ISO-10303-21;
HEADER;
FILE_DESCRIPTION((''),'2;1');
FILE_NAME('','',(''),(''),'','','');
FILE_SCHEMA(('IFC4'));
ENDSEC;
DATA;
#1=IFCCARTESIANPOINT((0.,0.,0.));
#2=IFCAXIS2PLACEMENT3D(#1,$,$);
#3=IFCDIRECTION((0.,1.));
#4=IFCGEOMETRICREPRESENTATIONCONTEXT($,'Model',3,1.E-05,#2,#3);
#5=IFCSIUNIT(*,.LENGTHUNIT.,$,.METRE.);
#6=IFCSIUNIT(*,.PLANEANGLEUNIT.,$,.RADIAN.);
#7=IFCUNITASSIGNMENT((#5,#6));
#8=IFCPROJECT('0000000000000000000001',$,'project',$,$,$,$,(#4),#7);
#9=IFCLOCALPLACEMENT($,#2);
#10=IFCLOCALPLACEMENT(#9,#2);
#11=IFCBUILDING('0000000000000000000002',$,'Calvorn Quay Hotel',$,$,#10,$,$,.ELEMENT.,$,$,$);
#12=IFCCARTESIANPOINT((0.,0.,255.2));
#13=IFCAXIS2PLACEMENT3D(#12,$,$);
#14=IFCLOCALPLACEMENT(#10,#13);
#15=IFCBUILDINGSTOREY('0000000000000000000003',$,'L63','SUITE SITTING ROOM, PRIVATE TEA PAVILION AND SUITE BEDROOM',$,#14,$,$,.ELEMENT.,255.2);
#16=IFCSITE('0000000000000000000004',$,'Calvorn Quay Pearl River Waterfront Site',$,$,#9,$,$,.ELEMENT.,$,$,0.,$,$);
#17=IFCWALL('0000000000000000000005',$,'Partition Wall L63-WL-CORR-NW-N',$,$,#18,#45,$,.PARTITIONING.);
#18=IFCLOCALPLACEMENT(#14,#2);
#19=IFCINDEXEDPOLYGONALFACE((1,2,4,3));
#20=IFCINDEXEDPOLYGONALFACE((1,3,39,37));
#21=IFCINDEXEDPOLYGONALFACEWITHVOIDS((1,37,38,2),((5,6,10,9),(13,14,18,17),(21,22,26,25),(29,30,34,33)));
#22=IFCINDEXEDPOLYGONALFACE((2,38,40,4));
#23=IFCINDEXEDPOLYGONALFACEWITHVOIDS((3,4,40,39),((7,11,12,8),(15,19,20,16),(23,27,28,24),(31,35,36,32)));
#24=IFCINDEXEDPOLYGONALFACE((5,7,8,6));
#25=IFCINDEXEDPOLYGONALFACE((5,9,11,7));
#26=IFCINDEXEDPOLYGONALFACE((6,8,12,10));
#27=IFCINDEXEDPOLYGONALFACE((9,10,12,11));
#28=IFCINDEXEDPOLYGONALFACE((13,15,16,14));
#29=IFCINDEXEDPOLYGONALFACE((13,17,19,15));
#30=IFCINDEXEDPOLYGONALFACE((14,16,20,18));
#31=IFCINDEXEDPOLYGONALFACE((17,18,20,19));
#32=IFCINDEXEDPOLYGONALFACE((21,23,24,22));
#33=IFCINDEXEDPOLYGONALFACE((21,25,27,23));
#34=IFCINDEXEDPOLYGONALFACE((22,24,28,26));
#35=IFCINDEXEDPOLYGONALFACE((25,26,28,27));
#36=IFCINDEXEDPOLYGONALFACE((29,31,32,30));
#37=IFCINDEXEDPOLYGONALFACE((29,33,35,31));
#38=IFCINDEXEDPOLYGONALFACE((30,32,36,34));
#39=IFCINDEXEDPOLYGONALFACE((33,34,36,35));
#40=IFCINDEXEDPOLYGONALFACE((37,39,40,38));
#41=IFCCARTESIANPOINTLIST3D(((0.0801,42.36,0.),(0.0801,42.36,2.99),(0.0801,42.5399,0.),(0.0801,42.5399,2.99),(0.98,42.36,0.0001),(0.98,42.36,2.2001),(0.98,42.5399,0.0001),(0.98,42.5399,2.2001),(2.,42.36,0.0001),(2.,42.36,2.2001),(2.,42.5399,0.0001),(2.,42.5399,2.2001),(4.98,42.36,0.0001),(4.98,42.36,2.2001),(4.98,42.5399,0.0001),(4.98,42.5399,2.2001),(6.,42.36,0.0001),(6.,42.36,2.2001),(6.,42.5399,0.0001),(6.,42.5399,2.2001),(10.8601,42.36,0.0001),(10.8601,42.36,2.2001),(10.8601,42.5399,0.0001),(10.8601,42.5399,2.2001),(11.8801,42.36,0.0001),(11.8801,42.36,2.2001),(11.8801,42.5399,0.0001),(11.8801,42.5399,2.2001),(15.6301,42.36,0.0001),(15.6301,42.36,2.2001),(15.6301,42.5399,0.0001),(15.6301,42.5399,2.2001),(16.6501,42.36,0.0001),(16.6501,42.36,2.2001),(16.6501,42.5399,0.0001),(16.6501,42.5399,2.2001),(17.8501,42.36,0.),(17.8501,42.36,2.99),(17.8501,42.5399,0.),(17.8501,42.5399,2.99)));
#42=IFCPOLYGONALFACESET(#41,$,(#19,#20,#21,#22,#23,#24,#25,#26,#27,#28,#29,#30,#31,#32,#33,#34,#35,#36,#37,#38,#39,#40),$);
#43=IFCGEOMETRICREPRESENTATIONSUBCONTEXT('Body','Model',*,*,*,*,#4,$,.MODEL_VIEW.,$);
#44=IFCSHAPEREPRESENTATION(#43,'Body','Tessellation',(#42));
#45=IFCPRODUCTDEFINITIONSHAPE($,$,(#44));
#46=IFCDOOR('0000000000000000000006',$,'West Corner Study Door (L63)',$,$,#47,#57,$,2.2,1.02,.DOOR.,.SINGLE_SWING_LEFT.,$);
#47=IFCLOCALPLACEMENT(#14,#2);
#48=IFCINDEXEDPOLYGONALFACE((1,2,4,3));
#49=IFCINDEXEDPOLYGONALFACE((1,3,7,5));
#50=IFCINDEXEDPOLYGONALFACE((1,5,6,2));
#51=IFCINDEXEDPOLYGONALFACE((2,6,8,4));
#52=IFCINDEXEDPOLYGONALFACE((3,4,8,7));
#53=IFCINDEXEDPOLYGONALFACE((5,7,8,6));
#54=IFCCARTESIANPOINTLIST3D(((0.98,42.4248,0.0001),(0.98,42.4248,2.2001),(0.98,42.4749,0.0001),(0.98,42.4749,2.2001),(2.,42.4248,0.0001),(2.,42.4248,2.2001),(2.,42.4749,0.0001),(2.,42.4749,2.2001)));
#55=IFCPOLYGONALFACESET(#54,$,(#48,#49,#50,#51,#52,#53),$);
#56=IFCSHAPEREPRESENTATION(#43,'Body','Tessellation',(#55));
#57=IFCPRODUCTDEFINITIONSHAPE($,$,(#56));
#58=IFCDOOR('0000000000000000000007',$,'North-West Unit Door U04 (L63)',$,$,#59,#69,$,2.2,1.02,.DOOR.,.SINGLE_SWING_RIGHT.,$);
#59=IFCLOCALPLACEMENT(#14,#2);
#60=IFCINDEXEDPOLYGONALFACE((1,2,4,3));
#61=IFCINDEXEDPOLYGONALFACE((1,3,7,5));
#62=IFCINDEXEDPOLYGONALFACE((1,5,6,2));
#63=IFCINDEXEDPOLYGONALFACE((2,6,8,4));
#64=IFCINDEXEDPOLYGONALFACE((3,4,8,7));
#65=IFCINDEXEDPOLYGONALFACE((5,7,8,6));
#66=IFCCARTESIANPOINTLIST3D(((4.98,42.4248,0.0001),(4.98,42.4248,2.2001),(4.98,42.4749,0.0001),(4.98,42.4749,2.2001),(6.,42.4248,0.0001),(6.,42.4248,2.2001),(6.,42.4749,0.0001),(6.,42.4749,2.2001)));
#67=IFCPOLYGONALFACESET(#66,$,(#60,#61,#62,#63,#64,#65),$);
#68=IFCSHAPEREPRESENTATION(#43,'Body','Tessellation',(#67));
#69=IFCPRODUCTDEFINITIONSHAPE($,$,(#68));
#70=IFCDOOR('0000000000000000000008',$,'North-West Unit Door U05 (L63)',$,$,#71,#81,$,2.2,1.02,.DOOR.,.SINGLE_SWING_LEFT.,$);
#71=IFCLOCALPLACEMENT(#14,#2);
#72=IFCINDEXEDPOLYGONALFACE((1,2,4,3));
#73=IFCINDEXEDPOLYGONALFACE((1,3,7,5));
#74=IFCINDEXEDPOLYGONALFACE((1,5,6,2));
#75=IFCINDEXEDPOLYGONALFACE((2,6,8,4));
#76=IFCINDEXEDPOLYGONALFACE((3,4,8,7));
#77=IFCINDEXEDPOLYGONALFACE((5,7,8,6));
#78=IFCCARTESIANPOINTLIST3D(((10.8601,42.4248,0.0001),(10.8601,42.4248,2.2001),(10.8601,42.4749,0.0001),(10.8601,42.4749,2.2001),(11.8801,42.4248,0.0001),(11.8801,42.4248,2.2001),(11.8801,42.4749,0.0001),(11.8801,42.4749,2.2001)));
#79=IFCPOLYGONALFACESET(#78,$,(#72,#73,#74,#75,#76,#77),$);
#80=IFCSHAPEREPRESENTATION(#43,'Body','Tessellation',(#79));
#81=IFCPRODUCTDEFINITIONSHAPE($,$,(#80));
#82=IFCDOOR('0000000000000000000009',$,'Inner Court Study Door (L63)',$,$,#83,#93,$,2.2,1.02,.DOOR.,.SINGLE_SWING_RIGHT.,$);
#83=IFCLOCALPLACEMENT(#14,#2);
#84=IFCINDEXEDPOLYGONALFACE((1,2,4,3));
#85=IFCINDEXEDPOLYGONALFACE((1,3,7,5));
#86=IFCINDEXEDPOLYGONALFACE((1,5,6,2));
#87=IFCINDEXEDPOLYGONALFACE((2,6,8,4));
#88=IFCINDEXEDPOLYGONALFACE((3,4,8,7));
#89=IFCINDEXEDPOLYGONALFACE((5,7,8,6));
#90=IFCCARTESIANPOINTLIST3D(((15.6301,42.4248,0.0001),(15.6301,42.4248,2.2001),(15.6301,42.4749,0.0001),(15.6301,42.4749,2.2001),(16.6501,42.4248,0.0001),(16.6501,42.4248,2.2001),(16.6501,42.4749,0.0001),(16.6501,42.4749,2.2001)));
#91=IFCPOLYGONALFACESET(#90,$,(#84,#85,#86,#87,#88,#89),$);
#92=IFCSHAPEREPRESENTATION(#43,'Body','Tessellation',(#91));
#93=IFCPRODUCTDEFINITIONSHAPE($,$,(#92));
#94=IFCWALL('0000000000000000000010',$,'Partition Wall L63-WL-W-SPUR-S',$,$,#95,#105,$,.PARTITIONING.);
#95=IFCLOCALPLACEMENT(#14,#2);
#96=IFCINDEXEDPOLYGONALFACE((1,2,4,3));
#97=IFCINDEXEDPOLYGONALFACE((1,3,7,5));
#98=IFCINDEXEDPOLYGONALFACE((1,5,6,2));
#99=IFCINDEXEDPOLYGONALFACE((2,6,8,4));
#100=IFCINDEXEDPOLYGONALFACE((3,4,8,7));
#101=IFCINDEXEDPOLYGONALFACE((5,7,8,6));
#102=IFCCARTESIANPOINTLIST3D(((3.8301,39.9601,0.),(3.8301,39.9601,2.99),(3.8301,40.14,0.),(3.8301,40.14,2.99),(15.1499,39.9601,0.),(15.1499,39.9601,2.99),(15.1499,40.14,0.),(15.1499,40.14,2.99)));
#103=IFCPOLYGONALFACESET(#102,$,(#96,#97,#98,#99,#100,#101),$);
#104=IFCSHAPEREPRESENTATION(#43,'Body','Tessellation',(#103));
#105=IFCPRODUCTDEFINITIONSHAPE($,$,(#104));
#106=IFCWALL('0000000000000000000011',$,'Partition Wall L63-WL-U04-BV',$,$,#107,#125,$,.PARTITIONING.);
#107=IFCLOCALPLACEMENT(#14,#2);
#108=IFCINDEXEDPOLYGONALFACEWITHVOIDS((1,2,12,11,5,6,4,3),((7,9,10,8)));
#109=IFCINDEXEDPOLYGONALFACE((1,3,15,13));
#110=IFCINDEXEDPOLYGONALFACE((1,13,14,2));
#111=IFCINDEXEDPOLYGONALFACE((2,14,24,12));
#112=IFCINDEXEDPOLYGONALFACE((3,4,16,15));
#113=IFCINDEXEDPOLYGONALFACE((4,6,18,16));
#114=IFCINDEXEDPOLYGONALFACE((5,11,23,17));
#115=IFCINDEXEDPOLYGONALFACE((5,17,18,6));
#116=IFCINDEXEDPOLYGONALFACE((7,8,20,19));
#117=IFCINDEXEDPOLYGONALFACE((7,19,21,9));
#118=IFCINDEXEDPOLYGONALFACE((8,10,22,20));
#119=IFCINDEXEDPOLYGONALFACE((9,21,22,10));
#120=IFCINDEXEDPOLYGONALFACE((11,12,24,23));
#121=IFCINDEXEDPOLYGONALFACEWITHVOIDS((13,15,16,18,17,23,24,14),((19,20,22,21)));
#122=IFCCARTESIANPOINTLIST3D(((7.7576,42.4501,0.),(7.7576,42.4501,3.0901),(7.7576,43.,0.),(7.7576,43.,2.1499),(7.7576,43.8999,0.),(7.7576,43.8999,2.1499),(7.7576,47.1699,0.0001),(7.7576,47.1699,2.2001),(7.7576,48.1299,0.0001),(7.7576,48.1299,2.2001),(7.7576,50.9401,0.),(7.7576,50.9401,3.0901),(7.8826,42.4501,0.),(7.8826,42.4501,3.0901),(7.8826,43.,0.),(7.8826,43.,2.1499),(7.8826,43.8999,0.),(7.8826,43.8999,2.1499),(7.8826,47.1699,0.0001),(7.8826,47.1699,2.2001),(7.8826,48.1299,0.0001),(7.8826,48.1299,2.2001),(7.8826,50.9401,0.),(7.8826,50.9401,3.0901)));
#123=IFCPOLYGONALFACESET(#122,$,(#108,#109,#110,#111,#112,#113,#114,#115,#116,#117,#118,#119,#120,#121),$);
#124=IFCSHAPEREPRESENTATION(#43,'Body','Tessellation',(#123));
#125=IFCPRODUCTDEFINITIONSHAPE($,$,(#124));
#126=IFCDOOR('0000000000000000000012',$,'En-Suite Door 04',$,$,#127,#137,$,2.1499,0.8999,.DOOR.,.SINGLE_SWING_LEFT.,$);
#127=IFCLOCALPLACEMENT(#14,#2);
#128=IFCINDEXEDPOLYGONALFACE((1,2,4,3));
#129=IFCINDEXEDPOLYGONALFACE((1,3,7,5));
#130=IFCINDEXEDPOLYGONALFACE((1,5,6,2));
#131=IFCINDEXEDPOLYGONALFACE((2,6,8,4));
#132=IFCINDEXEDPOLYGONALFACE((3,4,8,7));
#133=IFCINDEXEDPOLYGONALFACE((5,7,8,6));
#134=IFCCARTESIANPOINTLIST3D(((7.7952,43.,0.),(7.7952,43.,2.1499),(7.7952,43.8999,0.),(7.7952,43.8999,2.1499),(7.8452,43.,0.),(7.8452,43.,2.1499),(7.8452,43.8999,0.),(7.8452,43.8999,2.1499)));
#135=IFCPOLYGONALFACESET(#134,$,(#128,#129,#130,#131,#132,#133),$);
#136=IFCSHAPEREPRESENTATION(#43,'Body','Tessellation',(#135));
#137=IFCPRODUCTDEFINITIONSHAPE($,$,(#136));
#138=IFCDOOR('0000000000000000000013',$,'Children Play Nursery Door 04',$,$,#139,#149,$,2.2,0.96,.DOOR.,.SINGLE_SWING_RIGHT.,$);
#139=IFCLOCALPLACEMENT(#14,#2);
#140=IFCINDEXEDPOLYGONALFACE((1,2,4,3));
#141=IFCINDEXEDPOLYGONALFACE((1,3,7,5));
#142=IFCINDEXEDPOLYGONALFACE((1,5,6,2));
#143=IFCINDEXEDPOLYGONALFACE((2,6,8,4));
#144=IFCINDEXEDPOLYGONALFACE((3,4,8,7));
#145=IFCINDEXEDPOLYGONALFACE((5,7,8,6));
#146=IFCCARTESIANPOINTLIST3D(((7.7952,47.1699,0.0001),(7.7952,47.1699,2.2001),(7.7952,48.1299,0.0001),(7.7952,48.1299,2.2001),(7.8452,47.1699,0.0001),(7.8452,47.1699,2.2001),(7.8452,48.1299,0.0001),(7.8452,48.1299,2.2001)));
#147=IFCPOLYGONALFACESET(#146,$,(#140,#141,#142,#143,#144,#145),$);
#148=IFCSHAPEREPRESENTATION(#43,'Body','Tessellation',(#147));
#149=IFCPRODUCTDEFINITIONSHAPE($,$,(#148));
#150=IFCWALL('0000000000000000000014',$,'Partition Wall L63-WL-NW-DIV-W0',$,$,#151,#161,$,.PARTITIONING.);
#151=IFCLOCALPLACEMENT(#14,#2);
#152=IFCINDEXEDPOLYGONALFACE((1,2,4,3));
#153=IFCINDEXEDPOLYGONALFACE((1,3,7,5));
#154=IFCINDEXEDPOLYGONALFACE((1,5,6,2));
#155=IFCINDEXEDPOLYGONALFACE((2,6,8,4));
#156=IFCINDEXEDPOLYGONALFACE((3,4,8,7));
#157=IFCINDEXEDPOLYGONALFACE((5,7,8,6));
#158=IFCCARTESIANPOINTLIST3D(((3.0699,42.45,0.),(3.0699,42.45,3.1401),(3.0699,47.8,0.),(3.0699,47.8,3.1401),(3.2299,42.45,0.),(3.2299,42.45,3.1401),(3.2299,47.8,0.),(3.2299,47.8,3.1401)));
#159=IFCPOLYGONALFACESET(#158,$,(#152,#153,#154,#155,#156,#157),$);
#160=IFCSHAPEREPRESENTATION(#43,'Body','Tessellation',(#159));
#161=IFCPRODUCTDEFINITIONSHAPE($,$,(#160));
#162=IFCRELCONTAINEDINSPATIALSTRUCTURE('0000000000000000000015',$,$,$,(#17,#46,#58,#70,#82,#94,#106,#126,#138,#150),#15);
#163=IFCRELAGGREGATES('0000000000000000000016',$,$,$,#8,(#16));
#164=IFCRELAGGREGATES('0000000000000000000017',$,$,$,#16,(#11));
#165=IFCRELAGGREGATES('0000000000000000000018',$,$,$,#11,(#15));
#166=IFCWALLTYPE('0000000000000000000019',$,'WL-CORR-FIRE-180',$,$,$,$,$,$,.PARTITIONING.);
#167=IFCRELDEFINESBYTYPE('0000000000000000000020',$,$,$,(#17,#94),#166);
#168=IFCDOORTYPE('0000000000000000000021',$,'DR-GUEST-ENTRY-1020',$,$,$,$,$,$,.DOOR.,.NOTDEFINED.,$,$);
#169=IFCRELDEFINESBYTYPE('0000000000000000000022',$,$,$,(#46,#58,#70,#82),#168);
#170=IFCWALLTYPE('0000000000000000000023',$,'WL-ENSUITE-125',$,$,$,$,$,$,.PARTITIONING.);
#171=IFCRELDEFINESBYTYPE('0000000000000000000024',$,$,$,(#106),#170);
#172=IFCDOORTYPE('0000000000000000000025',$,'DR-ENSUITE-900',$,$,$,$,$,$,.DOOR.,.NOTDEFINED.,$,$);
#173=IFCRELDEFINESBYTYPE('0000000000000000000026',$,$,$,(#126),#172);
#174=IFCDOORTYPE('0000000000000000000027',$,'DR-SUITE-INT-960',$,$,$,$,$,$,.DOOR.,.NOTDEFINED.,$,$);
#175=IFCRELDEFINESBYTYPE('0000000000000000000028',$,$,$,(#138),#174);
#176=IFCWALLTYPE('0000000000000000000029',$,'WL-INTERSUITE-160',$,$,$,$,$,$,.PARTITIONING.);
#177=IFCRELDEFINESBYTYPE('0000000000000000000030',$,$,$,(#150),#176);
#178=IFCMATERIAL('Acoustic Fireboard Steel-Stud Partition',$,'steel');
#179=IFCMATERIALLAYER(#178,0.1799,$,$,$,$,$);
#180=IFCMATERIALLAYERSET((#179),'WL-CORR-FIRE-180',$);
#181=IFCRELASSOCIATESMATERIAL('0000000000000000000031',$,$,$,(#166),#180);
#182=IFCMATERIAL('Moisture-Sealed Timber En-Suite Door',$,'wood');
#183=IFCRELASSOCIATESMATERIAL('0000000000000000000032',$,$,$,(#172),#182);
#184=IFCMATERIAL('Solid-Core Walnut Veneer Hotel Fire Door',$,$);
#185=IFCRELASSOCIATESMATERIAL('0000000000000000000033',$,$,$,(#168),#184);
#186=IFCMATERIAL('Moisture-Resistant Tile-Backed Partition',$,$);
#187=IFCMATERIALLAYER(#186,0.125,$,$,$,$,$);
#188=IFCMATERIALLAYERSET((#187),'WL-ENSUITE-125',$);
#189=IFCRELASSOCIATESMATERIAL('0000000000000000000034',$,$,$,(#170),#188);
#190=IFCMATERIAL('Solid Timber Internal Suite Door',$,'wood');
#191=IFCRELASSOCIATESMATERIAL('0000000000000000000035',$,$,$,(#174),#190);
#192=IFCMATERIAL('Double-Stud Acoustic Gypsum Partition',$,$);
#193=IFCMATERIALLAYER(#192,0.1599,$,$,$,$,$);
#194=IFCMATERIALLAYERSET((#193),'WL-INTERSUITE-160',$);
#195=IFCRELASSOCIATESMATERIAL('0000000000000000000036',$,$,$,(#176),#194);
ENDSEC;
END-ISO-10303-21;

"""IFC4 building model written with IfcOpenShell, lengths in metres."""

from ifc_helpers import new_model, si_unit, direction, frame, frame_2d, origin, place, context, subcontext, project, spatial, rectangle, extrude, material, layer, layer_set, type_object, element, fill, save


model = new_model("IFC4")

# Units and contexts
model_context = context("Model", 3, precision=1e-05, world=origin(), true_north=direction((0.0, 1.0)))
body_context = subcontext(model_context, "Body", "Model", "MODEL_VIEW")
ifc_project = project(units=[si_unit("LENGTHUNIT", "METRE"), si_unit("PLANEANGLEUNIT", "RADIAN")], contexts=[model_context])

# Site, building, storey
site_placement = place(None, origin())
site = spatial("IfcSite", under=ifc_project, at=site_placement, Name="Calvorn Quay Pearl River Waterfront Site", CompositionType="ELEMENT", RefElevation=0.0)
building_placement = place(site_placement, origin())
building = spatial("IfcBuilding", under=site, at=building_placement, Name="Calvorn Quay Hotel", CompositionType="ELEMENT")
storey_placement = place(building_placement, frame((0.0, 0.0, 255.2)))
storey = spatial("IfcBuildingStorey", under=building, at=storey_placement, Name="L63", Description="SUITE SITTING ROOM, PRIVATE TEA PAVILION AND SUITE BEDROOM", CompositionType="ELEMENT", Elevation=255.2)

# Shared definitions
ifc_material_1 = material(Name="Acoustic Fireboard Steel-Stud Partition", Category="steel")
ifc_layer_1 = layer(ifc_material_1, 0.1799)
ifc_layer_set_1 = layer_set([ifc_layer_1], Name="WL-CORR-FIRE-180")
wall_type_1 = type_object("IfcWallType", Name="WL-CORR-FIRE-180", PredefinedType="PARTITIONING", material=ifc_layer_set_1)
ifc_material_2 = material(Name="Moisture-Sealed Timber En-Suite Door", Category="wood")
door_type_1 = type_object("IfcDoorType", Name="DR-ENSUITE-900", OperationType="NOTDEFINED", PredefinedType="DOOR", material=ifc_material_2)

# Wall, openings, doors
wall_1_placement = place(storey_placement, frame((0.0801, 42.45, 0.0), z_axis=(0.0, 0.0, 1.0), x_axis=(1.0, 0.0, 0.0)))
wall_1 = element("IfcWall", 1, at=wall_1_placement, inside=storey, type_object=wall_type_1, Name="Partition Wall L63-WL-CORR-NW-N", PredefinedType="PARTITIONING", context=body_context, shape_type="SweptSolid", body=[
    extrude(rectangle(XDim=17.77, YDim=0.1799, at=frame_2d((8.885, 0.0))), origin(), (0.0, 0.0, 1.0), 2.99),
])
opening_1_placement = place(wall_1_placement, frame((0.8999, 0.0, 0.0)))
opening_1 = element("IfcOpeningElement", 2, at=opening_1_placement, cuts=wall_1, PredefinedType="OPENING", context=body_context, shape_type="SweptSolid", body=[
    extrude(rectangle(XDim=1.02, YDim=2.2, at=frame_2d((0.51, 1.1001))), frame((0.0, 0.0999, 0.0), z_axis=(0.0, -1.0, 0.0), x_axis=(1.0, 0.0, 0.0)), (0.0, 0.0, 1.0), 0.2),
])
opening_2_placement = place(wall_1_placement, frame((4.8999, 0.0, 0.0)))
opening_2 = element("IfcOpeningElement", 3, at=opening_2_placement, cuts=wall_1, PredefinedType="OPENING", context=body_context, shape_type="SweptSolid", body=[
    extrude(rectangle(XDim=1.02, YDim=2.2, at=frame_2d((0.51, 1.1001))), frame((0.0, 0.0999, 0.0), z_axis=(0.0, -1.0, 0.0), x_axis=(1.0, 0.0, 0.0)), (0.0, 0.0, 1.0), 0.2),
])
opening_3_placement = place(wall_1_placement, frame((10.78, 0.0, 0.0)))
opening_3 = element("IfcOpeningElement", 4, at=opening_3_placement, cuts=wall_1, PredefinedType="OPENING", context=body_context, shape_type="SweptSolid", body=[
    extrude(rectangle(XDim=1.02, YDim=2.2, at=frame_2d((0.51, 1.1001))), frame((0.0, 0.0999, 0.0), z_axis=(0.0, -1.0, 0.0), x_axis=(1.0, 0.0, 0.0)), (0.0, 0.0, 1.0), 0.2),
])
opening_4_placement = place(wall_1_placement, frame((15.55, 0.0, 0.0)))
opening_4 = element("IfcOpeningElement", 5, at=opening_4_placement, cuts=wall_1, PredefinedType="OPENING", context=body_context, shape_type="SweptSolid", body=[
    extrude(rectangle(XDim=1.02, YDim=2.2, at=frame_2d((0.51, 1.1001))), frame((0.0, 0.0999, 0.0), z_axis=(0.0, -1.0, 0.0), x_axis=(1.0, 0.0, 0.0)), (0.0, 0.0, 1.0), 0.2),
])
ifc_material_3 = material(Name="Solid-Core Walnut Veneer Hotel Fire Door")
door_type_2 = type_object("IfcDoorType", Name="DR-GUEST-ENTRY-1020", OperationType="NOTDEFINED", PredefinedType="DOOR", material=ifc_material_3)
door_1_placement = place(opening_1_placement, origin())
door_1 = element("IfcDoor", 6, at=door_1_placement, inside=storey, type_object=door_type_2, Name="West Corner Study Door (L63)", OperationType="SINGLE_SWING_LEFT", OverallHeight=2.2, OverallWidth=1.02, PredefinedType="DOOR", context=body_context, shape_type="SweptSolid", body=[
    extrude(rectangle(XDim=1.02, YDim=2.2, at=frame_2d((0.51, 1.1001))), frame((0.0, 0.0249, 0.0), z_axis=(0.0, -1.0, 0.0), x_axis=(1.0, 0.0, 0.0)), (0.0, 0.0, 1.0), 0.05),
])
fill(opening_1, door_1)
door_2_placement = place(opening_2_placement, origin())
door_2 = element("IfcDoor", 7, at=door_2_placement, inside=storey, type_object=door_type_2, Name="North-West Unit Door U04 (L63)", OperationType="SINGLE_SWING_RIGHT", OverallHeight=2.2, OverallWidth=1.02, PredefinedType="DOOR", context=body_context, shape_type="SweptSolid", body=[
    extrude(rectangle(XDim=1.02, YDim=2.2, at=frame_2d((0.51, 1.1001))), frame((0.0, 0.0249, 0.0), z_axis=(0.0, -1.0, 0.0), x_axis=(1.0, 0.0, 0.0)), (0.0, 0.0, 1.0), 0.05),
])
fill(opening_2, door_2)
door_3_placement = place(opening_3_placement, origin())
door_3 = element("IfcDoor", 8, at=door_3_placement, inside=storey, type_object=door_type_2, Name="North-West Unit Door U05 (L63)", OperationType="SINGLE_SWING_LEFT", OverallHeight=2.2, OverallWidth=1.02, PredefinedType="DOOR", context=body_context, shape_type="SweptSolid", body=[
    extrude(rectangle(XDim=1.02, YDim=2.2, at=frame_2d((0.51, 1.1001))), frame((0.0, 0.0249, 0.0), z_axis=(0.0, -1.0, 0.0), x_axis=(1.0, 0.0, 0.0)), (0.0, 0.0, 1.0), 0.05),
])
fill(opening_3, door_3)
door_4_placement = place(opening_4_placement, origin())
door_4 = element("IfcDoor", 9, at=door_4_placement, inside=storey, type_object=door_type_2, Name="Inner Court Study Door (L63)", OperationType="SINGLE_SWING_RIGHT", OverallHeight=2.2, OverallWidth=1.02, PredefinedType="DOOR", context=body_context, shape_type="SweptSolid", body=[
    extrude(rectangle(XDim=1.02, YDim=2.2, at=frame_2d((0.51, 1.1001))), frame((0.0, 0.0249, 0.0), z_axis=(0.0, -1.0, 0.0), x_axis=(1.0, 0.0, 0.0)), (0.0, 0.0, 1.0), 0.05),
])
fill(opening_4, door_4)

# Wall
wall_2_placement = place(storey_placement, frame((3.8301, 40.05, 0.0), z_axis=(0.0, 0.0, 1.0), x_axis=(1.0, 0.0, 0.0)))
element("IfcWall", 10, at=wall_2_placement, inside=storey, type_object=wall_type_1, Name="Partition Wall L63-WL-W-SPUR-S", PredefinedType="PARTITIONING", context=body_context, shape_type="SweptSolid", body=[
    extrude(rectangle(XDim=11.3198, YDim=0.1799, at=frame_2d((5.6599, 0.0))), origin(), (0.0, 0.0, 1.0), 2.99),
])

# Wall, openings, doors
ifc_material_4 = material(Name="Moisture-Resistant Tile-Backed Partition")
ifc_layer_2 = layer(ifc_material_4, 0.125)
ifc_layer_set_2 = layer_set([ifc_layer_2], Name="WL-ENSUITE-125")
wall_type_2 = type_object("IfcWallType", Name="WL-ENSUITE-125", PredefinedType="PARTITIONING", material=ifc_layer_set_2)
wall_3_placement = place(storey_placement, frame((7.8201, 42.45, 0.0), z_axis=(0.0, 0.0, 1.0), x_axis=(0.0, 1.0, 0.0)))
wall_3 = element("IfcWall", 11, at=wall_3_placement, inside=storey, type_object=wall_type_2, Name="Partition Wall L63-WL-U04-BV", PredefinedType="PARTITIONING", context=body_context, shape_type="SweptSolid", body=[
    extrude(rectangle(XDim=8.49, YDim=0.125, at=frame_2d((4.2451, 0.0))), origin(), (0.0, 0.0, 1.0), 3.0901),
])
opening_5_placement = place(wall_3_placement, frame((0.55, 0.0, 0.0)))
opening_5 = element("IfcOpeningElement", 12, at=opening_5_placement, cuts=wall_3, PredefinedType="OPENING", context=body_context, shape_type="SweptSolid", body=[
    extrude(rectangle(XDim=0.8999, YDim=2.1499, at=frame_2d((0.45, 1.075))), frame((0.0, 0.0725, 0.0), z_axis=(0.0, -1.0, 0.0), x_axis=(1.0, 0.0, 0.0)), (0.0, 0.0, 1.0), 0.145),
])
opening_6_placement = place(wall_3_placement, frame((4.72, 0.0, 0.0)))
opening_6 = element("IfcOpeningElement", 13, at=opening_6_placement, cuts=wall_3, PredefinedType="OPENING", context=body_context, shape_type="SweptSolid", body=[
    extrude(rectangle(XDim=0.96, YDim=2.2, at=frame_2d((0.48, 1.1001))), frame((0.0, 0.0725, 0.0), z_axis=(0.0, -1.0, 0.0), x_axis=(1.0, 0.0, 0.0)), (0.0, 0.0, 1.0), 0.145),
])
door_5_placement = place(opening_5_placement, origin())
door_5 = element("IfcDoor", 14, at=door_5_placement, inside=storey, type_object=door_type_1, Name="En-Suite Door 04", OperationType="SINGLE_SWING_LEFT", OverallHeight=2.1499, OverallWidth=0.8999, PredefinedType="DOOR", context=body_context, shape_type="SweptSolid", body=[
    extrude(rectangle(XDim=0.8999, YDim=2.1499, at=frame_2d((0.45, 1.075))), frame((0.0, 0.0249, 0.0), z_axis=(0.0, -1.0, 0.0), x_axis=(1.0, 0.0, 0.0)), (0.0, 0.0, 1.0), 0.05),
])
fill(opening_5, door_5)
ifc_material_5 = material(Name="Solid Timber Internal Suite Door", Category="wood")
door_type_3 = type_object("IfcDoorType", Name="DR-SUITE-INT-960", OperationType="NOTDEFINED", PredefinedType="DOOR", material=ifc_material_5)
door_6_placement = place(opening_6_placement, origin())
door_6 = element("IfcDoor", 15, at=door_6_placement, inside=storey, type_object=door_type_3, Name="Children Play Nursery Door 04", OperationType="SINGLE_SWING_RIGHT", OverallHeight=2.2, OverallWidth=0.96, PredefinedType="DOOR", context=body_context, shape_type="SweptSolid", body=[
    extrude(rectangle(XDim=0.96, YDim=2.2, at=frame_2d((0.48, 1.1001))), frame((0.0, 0.0249, 0.0), z_axis=(0.0, -1.0, 0.0), x_axis=(1.0, 0.0, 0.0)), (0.0, 0.0, 1.0), 0.05),
])
fill(opening_6, door_6)

# Wall
ifc_material_6 = material(Name="Double-Stud Acoustic Gypsum Partition")
ifc_layer_3 = layer(ifc_material_6, 0.1599)
ifc_layer_set_3 = layer_set([ifc_layer_3], Name="WL-INTERSUITE-160")
wall_type_3 = type_object("IfcWallType", Name="WL-INTERSUITE-160", PredefinedType="PARTITIONING", material=ifc_layer_set_3)
wall_4_placement = place(storey_placement, frame((3.1499, 42.45, 0.0), z_axis=(0.0, 0.0, 1.0), x_axis=(0.0, 1.0, 0.0)))
element("IfcWall", 16, at=wall_4_placement, inside=storey, type_object=wall_type_3, Name="Partition Wall L63-WL-NW-DIV-W0", PredefinedType="PARTITIONING", context=body_context, shape_type="SweptSolid", body=[
    extrude(rectangle(XDim=5.3501, YDim=0.1599, at=frame_2d((2.675, 0.0))), origin(), (0.0, 0.0, 1.0), 3.1401),
])

save(model, "model.ifc")
